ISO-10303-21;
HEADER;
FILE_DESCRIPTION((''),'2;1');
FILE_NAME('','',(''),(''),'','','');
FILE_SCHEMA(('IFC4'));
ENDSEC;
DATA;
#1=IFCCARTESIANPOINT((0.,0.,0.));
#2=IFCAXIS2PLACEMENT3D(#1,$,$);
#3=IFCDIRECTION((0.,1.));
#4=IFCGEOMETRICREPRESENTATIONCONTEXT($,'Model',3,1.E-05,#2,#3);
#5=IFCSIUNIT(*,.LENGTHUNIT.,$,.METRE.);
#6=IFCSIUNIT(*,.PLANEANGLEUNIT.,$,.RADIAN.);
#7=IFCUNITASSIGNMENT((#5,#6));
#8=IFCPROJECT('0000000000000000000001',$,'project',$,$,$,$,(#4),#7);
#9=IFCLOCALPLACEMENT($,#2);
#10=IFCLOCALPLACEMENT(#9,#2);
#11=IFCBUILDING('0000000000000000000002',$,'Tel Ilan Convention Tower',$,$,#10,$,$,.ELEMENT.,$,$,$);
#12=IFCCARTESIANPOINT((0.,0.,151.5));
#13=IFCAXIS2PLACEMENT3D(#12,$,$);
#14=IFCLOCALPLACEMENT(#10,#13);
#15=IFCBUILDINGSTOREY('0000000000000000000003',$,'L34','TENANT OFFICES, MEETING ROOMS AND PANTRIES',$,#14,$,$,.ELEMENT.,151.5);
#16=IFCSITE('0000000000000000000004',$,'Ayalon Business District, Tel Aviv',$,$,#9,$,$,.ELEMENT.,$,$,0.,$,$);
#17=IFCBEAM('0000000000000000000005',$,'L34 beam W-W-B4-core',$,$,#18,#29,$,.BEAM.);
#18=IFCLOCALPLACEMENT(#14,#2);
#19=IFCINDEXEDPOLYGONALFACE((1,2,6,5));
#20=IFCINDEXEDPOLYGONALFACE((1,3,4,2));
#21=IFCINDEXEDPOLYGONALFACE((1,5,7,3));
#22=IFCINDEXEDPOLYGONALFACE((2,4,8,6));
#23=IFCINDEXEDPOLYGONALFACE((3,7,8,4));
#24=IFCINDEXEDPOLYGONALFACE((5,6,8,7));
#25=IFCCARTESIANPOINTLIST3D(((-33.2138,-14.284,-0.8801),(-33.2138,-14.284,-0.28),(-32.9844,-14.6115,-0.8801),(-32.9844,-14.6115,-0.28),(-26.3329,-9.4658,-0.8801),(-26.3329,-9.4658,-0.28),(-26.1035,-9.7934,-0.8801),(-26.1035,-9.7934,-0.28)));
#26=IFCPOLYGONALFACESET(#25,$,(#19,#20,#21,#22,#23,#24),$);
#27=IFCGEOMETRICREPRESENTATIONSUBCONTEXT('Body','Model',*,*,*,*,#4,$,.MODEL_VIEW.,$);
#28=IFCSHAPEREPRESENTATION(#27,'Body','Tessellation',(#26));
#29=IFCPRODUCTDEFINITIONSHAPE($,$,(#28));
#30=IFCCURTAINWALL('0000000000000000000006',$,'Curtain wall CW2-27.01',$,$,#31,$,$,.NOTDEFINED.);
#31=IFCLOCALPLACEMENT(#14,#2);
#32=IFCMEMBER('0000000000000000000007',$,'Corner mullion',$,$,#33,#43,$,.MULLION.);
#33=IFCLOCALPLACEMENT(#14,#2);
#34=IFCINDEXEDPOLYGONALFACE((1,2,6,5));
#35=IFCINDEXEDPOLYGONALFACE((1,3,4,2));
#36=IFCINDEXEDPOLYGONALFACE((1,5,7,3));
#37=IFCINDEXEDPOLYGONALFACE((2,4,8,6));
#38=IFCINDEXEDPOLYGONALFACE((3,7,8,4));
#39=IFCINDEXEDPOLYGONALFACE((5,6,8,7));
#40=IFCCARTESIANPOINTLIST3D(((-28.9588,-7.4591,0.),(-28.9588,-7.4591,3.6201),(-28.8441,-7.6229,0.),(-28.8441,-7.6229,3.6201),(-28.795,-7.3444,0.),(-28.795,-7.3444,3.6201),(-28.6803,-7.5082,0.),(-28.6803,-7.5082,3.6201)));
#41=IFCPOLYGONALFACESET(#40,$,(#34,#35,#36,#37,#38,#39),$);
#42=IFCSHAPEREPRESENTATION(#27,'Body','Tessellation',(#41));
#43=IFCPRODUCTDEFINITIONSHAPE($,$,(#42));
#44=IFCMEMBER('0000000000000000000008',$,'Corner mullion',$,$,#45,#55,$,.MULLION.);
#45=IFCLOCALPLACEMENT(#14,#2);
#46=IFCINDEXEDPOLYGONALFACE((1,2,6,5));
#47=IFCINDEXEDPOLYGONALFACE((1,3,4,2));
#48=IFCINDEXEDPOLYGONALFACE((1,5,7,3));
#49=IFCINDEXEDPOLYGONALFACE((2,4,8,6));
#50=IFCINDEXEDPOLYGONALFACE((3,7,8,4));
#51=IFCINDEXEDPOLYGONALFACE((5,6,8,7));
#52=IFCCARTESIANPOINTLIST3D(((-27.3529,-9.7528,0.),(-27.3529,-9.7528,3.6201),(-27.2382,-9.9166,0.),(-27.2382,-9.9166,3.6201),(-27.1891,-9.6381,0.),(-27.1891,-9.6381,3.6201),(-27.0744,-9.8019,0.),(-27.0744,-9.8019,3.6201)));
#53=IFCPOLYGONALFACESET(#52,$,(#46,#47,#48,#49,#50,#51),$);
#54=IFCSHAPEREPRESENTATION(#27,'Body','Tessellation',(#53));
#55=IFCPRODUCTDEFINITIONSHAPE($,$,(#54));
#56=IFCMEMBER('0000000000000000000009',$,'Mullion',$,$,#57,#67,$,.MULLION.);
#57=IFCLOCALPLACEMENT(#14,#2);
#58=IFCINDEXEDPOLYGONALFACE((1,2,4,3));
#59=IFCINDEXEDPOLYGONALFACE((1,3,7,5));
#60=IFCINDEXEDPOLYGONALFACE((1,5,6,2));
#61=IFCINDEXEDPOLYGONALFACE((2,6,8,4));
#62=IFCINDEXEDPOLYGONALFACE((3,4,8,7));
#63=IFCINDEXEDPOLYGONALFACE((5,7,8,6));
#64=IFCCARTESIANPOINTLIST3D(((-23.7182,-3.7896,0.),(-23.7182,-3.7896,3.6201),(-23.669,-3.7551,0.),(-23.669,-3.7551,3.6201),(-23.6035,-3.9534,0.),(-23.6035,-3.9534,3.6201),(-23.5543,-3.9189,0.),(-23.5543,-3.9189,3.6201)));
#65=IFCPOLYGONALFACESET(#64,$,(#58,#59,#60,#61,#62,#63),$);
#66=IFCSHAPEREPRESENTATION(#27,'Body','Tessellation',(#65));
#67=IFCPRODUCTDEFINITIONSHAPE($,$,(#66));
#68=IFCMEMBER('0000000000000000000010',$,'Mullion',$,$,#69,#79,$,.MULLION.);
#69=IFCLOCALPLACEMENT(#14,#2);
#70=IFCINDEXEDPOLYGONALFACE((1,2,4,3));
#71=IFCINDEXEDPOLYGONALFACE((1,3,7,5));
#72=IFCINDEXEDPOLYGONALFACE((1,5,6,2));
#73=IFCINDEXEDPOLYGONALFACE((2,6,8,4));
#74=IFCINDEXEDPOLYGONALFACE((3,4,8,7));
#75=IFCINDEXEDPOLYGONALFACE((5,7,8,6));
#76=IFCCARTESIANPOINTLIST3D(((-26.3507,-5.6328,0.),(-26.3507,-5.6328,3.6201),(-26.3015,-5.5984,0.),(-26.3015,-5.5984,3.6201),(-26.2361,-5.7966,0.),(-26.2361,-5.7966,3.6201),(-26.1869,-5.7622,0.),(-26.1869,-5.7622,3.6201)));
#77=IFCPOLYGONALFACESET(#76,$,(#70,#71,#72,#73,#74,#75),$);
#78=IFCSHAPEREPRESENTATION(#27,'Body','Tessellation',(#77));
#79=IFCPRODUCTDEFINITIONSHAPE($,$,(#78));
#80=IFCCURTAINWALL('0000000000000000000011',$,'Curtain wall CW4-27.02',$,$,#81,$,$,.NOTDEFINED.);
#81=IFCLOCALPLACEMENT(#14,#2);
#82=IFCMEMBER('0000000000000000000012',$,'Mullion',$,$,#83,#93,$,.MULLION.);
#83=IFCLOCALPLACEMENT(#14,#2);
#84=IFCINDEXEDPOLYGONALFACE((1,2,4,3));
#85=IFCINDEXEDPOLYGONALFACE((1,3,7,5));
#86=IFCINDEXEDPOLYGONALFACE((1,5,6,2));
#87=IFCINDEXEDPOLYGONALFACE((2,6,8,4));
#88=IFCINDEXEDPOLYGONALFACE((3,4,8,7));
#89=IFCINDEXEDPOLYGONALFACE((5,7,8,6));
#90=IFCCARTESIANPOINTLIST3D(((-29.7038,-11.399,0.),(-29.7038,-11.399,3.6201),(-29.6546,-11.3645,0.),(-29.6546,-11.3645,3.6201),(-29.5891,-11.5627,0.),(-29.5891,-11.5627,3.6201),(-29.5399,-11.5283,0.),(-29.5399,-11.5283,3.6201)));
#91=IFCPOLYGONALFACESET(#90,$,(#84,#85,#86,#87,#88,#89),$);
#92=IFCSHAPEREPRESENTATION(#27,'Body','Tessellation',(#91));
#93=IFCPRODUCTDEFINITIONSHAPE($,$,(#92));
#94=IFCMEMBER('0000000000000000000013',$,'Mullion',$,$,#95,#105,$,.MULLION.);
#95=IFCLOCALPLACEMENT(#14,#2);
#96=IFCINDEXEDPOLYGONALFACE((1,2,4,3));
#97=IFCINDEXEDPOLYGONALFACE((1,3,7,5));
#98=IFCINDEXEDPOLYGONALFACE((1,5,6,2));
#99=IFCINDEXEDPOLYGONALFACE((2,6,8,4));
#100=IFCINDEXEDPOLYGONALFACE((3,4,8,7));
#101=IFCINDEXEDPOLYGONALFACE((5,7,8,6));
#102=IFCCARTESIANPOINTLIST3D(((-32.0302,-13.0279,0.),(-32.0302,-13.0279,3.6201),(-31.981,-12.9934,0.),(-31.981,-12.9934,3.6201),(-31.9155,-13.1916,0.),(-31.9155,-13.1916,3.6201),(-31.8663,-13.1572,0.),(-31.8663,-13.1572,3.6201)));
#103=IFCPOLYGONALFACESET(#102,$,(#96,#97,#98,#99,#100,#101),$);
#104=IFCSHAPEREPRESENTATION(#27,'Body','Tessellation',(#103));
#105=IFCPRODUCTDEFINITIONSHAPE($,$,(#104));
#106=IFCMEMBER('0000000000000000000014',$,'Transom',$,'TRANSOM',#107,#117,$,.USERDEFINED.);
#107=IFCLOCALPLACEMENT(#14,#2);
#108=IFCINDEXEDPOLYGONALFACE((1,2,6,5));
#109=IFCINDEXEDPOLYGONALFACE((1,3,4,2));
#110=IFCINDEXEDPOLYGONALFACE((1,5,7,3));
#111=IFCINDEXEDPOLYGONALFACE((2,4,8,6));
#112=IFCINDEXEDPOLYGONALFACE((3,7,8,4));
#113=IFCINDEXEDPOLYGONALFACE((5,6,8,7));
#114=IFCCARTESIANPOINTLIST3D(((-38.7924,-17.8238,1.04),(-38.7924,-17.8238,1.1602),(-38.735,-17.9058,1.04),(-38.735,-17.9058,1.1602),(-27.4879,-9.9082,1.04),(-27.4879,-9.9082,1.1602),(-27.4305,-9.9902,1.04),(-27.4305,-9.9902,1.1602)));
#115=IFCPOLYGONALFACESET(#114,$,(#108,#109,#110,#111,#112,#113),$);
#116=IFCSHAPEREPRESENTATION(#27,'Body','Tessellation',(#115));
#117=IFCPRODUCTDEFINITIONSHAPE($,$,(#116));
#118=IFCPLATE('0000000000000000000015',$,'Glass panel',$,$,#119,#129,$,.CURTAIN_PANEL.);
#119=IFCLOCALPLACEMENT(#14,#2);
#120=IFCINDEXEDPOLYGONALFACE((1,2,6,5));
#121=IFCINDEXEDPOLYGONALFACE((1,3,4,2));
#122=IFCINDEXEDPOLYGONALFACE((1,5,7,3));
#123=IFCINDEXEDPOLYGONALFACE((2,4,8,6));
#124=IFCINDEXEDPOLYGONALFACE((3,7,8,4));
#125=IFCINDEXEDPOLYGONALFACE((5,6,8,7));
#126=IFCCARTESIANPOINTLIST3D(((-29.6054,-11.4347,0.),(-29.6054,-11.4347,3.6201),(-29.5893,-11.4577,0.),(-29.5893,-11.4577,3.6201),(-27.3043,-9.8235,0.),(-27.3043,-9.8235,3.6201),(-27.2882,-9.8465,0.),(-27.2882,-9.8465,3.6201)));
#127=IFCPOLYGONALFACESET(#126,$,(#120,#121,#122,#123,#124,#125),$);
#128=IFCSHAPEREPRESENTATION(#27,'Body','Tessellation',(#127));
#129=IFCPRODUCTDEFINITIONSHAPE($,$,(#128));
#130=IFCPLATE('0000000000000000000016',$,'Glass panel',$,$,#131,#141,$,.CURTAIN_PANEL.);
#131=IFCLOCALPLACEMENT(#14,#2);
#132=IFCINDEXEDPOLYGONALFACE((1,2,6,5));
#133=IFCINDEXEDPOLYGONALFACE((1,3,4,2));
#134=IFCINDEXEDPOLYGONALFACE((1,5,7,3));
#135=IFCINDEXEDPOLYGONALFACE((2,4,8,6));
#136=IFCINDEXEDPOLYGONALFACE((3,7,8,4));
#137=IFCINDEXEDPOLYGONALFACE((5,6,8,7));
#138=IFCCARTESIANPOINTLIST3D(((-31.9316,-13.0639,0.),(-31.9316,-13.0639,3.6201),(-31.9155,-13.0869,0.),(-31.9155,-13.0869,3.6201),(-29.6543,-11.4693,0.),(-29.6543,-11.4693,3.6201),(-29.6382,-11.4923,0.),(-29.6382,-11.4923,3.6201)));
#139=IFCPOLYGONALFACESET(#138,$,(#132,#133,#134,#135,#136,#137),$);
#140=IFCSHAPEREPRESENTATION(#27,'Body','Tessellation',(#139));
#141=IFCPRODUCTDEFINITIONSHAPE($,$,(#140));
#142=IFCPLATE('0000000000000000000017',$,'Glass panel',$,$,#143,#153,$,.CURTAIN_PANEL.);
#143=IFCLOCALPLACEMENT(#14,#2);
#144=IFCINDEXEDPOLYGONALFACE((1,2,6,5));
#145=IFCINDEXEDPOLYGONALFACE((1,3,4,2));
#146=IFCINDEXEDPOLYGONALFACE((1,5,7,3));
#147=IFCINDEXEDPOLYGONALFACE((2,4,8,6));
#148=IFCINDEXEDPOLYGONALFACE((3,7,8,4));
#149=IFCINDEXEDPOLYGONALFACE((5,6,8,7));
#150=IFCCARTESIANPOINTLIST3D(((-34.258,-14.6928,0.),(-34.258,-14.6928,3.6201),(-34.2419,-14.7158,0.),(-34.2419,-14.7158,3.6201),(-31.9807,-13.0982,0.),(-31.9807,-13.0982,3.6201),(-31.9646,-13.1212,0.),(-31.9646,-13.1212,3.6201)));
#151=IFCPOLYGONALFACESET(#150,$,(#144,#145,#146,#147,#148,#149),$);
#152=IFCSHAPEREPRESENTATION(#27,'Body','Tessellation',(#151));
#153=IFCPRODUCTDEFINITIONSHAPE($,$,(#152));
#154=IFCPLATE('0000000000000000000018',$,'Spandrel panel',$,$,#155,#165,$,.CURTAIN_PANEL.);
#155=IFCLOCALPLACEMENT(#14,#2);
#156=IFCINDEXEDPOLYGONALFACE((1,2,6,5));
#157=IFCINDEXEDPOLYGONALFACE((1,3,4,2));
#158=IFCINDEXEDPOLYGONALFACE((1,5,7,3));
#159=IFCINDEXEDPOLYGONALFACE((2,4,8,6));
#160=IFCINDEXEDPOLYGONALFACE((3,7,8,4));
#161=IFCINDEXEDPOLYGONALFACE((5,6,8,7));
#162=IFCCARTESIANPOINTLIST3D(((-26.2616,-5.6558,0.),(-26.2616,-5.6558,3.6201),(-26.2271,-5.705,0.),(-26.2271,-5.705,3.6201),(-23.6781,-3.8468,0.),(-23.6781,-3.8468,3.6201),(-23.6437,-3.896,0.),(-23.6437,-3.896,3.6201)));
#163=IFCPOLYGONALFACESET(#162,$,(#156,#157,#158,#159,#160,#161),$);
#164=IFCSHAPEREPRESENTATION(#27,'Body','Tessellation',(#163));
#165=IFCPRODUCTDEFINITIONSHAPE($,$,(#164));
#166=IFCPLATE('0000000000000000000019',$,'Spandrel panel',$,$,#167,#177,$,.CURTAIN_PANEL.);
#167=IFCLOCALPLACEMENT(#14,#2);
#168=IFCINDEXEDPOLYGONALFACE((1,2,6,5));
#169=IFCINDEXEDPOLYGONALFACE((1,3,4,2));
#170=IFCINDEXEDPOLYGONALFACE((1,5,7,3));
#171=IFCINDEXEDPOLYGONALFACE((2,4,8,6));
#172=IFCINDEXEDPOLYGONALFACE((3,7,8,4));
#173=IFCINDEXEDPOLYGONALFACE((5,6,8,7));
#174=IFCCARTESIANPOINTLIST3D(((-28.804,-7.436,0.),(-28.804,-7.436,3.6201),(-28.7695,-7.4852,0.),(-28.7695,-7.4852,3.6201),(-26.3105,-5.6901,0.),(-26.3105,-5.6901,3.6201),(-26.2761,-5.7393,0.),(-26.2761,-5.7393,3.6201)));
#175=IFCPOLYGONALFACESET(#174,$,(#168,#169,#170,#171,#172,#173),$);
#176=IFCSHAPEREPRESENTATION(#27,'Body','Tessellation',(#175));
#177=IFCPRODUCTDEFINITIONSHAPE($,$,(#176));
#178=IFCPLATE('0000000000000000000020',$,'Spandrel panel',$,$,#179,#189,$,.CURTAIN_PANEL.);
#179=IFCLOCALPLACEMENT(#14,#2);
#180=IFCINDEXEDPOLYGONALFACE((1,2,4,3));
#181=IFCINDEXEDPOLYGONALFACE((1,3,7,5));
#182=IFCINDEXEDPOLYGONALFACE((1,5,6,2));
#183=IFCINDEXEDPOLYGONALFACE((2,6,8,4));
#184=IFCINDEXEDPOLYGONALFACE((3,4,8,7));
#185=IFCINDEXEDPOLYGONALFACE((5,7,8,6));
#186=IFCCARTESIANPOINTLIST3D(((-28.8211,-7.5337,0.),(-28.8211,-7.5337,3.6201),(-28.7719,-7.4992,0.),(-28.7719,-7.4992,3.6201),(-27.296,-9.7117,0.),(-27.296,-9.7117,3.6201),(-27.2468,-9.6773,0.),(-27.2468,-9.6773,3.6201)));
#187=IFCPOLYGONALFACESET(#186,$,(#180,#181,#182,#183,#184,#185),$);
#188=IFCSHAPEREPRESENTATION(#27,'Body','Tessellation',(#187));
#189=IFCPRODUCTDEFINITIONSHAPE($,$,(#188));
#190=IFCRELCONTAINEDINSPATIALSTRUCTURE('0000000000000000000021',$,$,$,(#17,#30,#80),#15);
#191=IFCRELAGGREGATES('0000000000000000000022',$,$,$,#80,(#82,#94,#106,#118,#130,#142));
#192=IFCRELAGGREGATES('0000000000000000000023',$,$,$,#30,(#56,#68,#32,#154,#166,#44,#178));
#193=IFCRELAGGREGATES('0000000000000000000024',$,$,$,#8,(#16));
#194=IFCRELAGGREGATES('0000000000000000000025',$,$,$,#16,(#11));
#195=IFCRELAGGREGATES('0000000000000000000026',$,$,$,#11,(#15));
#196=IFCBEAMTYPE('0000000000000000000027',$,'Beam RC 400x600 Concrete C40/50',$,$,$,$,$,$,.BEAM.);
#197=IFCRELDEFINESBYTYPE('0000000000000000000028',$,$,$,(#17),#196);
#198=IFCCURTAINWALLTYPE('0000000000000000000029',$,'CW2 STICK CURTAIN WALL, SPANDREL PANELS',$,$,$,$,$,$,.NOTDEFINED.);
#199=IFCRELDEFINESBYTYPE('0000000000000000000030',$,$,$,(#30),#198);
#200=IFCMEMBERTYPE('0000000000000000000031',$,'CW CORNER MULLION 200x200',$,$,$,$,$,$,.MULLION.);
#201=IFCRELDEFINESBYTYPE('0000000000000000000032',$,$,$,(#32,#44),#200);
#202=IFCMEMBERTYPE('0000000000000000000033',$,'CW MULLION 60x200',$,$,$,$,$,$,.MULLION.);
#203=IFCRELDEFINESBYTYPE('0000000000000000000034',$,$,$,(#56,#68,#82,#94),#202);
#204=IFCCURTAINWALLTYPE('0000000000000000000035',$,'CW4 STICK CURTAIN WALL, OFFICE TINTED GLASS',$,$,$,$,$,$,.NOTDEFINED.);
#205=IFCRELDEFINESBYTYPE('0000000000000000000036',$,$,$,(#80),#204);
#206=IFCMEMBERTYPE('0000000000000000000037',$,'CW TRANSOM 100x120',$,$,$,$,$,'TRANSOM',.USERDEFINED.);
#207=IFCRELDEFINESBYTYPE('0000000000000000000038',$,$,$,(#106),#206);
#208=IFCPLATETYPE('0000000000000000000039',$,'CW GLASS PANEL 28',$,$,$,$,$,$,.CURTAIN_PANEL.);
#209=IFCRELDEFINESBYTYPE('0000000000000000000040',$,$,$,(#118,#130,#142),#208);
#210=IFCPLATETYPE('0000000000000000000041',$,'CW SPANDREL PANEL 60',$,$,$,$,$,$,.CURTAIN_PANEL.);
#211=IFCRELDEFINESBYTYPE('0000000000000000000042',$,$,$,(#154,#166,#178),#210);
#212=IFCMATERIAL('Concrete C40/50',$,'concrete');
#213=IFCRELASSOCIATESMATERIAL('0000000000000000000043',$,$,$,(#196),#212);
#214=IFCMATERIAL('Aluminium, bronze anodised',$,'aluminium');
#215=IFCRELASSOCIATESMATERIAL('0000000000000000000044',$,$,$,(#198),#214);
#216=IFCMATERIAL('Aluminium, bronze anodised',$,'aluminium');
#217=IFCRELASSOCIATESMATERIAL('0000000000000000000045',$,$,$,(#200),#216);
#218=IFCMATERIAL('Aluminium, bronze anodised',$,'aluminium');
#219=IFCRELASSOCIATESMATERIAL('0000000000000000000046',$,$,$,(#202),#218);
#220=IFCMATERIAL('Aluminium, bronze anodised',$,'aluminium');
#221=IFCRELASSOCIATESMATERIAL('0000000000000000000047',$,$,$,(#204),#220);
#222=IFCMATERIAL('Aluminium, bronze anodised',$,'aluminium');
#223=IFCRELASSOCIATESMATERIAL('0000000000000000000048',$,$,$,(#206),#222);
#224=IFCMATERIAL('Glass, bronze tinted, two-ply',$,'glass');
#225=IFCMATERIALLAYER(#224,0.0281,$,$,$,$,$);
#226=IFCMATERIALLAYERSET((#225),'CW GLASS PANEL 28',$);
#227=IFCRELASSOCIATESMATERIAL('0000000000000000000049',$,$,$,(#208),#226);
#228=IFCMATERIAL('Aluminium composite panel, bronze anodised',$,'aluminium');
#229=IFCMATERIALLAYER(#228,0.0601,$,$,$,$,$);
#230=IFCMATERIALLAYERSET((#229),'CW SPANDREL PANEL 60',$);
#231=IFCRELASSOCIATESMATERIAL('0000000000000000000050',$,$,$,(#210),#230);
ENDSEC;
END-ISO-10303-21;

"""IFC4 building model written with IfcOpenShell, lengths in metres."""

from ifc_helpers import new_model, si_unit, direction, frame, origin, origin_2d, place, context, subcontext, project, spatial, rectangle, extrude, material, layer, layer_set, material_profile, profile_set, type_object, element, aggregate, save


model = new_model("IFC4")

# Units and contexts
model_context = context("Model", 3, precision=1e-05, world=origin(), true_north=direction((0.0, 1.0)))
body_context = subcontext(model_context, "Body", "Model", "MODEL_VIEW")
ifc_project = project(units=[si_unit("LENGTHUNIT", "METRE"), si_unit("PLANEANGLEUNIT", "RADIAN")], contexts=[model_context])

# Site, building, storey
site_placement = place(None, origin())
site = spatial("IfcSite", under=ifc_project, at=site_placement, Name="Ayalon Business District, Tel Aviv", CompositionType="ELEMENT", RefElevation=0.0)
building_placement = place(site_placement, origin())
building = spatial("IfcBuilding", under=site, at=building_placement, Name="Tel Ilan Convention Tower", CompositionType="ELEMENT")
storey_placement = place(building_placement, frame((0.0, 0.0, 151.5)))
storey = spatial("IfcBuildingStorey", under=building, at=storey_placement, Name="L34", Description="TENANT OFFICES, MEETING ROOMS AND PANTRIES", CompositionType="ELEMENT", Elevation=151.5)

# Beam
ifc_material_1 = material(Name="Concrete C40/50", Category="concrete")
ifc_material_profile_1 = material_profile(ifc_material_1, rectangle(XDim=0.3999, YDim=0.6001, at=origin_2d()), Name="RC 400x600")
ifc_profile_set_1 = profile_set([ifc_material_profile_1], Name="Concrete C40/50")
beam_type = type_object("IfcBeamType", Name="Beam RC 400x600 Concrete C40/50", PredefinedType="BEAM", material=ifc_profile_set_1)
beam_placement = place(storey_placement, frame((-33.0991, -14.4478, -0.5801), z_axis=(0.819147, 0.573583, 0.0), x_axis=(-0.573583, 0.819147, 0.0)))
element("IfcBeam", 1, at=beam_placement, inside=storey, type_object=beam_type, Name="L34 beam W-W-B4-core", PredefinedType="BEAM", context=body_context, shape_type="SweptSolid", body=[
    extrude(rectangle(XDim=0.3999, YDim=0.6001, at=origin_2d()), origin(), (0.0, 0.0, 1.0), 8.4001),
])

# Curtain wall, members
ifc_material_2 = material(Name="Aluminium, bronze anodised", Category="aluminium")
curtain_wall_type_1 = type_object("IfcCurtainWallType", Name="CW2 STICK CURTAIN WALL, SPANDREL PANELS", PredefinedType="NOTDEFINED", material=ifc_material_2)
curtain_wall_1_placement = place(storey_placement, origin())
curtain_wall_1 = element("IfcCurtainWall", 2, at=curtain_wall_1_placement, inside=storey, type_object=curtain_wall_type_1, Name="Curtain wall CW2-27.01", PredefinedType="NOTDEFINED")
ifc_material_3 = material(Name="Aluminium, bronze anodised", Category="aluminium")
ifc_material_profile_2 = material_profile(ifc_material_3, rectangle(XDim=0.2, YDim=0.2, at=origin_2d()), Name="CW CORNER MULLION 200x200")
ifc_profile_set_2 = profile_set([ifc_material_profile_2], Name="Aluminium, bronze anodised")
member_type_1 = type_object("IfcMemberType", Name="CW CORNER MULLION 200x200", PredefinedType="MULLION", material=ifc_profile_set_2)
member_1_placement = place(storey_placement, frame((-28.8196, -7.4836, 0.0), z_axis=(0.0, 0.0, 1.0), x_axis=(-0.819152, -0.573576, 0.0)))
member_1 = element("IfcMember", 3, at=member_1_placement, type_object=member_type_1, Name="Corner mullion", PredefinedType="MULLION", context=body_context, shape_type="SweptSolid", body=[
    extrude(rectangle(XDim=0.2, YDim=0.2, at=origin_2d()), origin(), (0.0, 0.0, 1.0), 3.6201),
])
member_2_placement = place(storey_placement, frame((-27.2136, -9.7773, 0.0), z_axis=(0.0, 0.0, 1.0), x_axis=(0.573576, -0.819152, 0.0)))
member_2 = element("IfcMember", 4, at=member_2_placement, type_object=member_type_1, Name="Corner mullion", PredefinedType="MULLION", context=body_context, shape_type="SweptSolid", body=[
    extrude(rectangle(XDim=0.2, YDim=0.2, at=origin_2d()), origin(), (0.0, 0.0, 1.0), 3.6201),
])
ifc_material_4 = material(Name="Aluminium, bronze anodised", Category="aluminium")
ifc_material_profile_3 = material_profile(ifc_material_4, rectangle(XDim=0.0601, YDim=0.2, at=origin_2d()), Name="CW MULLION 60x200")
ifc_profile_set_3 = profile_set([ifc_material_profile_3], Name="Aluminium, bronze anodised")
member_type_2 = type_object("IfcMemberType", Name="CW MULLION 60x200", PredefinedType="MULLION", material=ifc_profile_set_3)
member_3_placement = place(storey_placement, frame((-23.6362, -3.8542, 0.0), z_axis=(0.0, 0.0, 1.0), x_axis=(-0.819152, -0.573576, 0.0)))
member_3 = element("IfcMember", 5, at=member_3_placement, type_object=member_type_2, Name="Mullion", PredefinedType="MULLION", context=body_context, shape_type="SweptSolid", body=[
    extrude(rectangle(XDim=0.0601, YDim=0.2, at=origin_2d()), origin(), (0.0, 0.0, 1.0), 3.6201),
])
member_4_placement = place(storey_placement, frame((-26.2688, -5.6975, 0.0), z_axis=(0.0, 0.0, 1.0), x_axis=(-0.819152, -0.573576, 0.0)))
member_4 = element("IfcMember", 6, at=member_4_placement, type_object=member_type_2, Name="Mullion", PredefinedType="MULLION", context=body_context, shape_type="SweptSolid", body=[
    extrude(rectangle(XDim=0.0601, YDim=0.2, at=origin_2d()), origin(), (0.0, 0.0, 1.0), 3.6201),
])

# Curtain wall, members, plates
ifc_material_5 = material(Name="Aluminium, bronze anodised", Category="aluminium")
curtain_wall_type_2 = type_object("IfcCurtainWallType", Name="CW4 STICK CURTAIN WALL, OFFICE TINTED GLASS", PredefinedType="NOTDEFINED", material=ifc_material_5)
curtain_wall_2_placement = place(storey_placement, origin())
curtain_wall_2 = element("IfcCurtainWall", 7, at=curtain_wall_2_placement, inside=storey, type_object=curtain_wall_type_2, Name="Curtain wall CW4-27.02", PredefinedType="NOTDEFINED")
member_5_placement = place(storey_placement, frame((-29.6218, -11.4636, 0.0), z_axis=(0.0, 0.0, 1.0), x_axis=(-0.819152, -0.573576, 0.0)))
member_5 = element("IfcMember", 8, at=member_5_placement, type_object=member_type_2, Name="Mullion", PredefinedType="MULLION", context=body_context, shape_type="SweptSolid", body=[
    extrude(rectangle(XDim=0.0601, YDim=0.2, at=origin_2d()), origin(), (0.0, 0.0, 1.0), 3.6201),
])
member_6_placement = place(storey_placement, frame((-31.9482, -13.0925, 0.0), z_axis=(0.0, 0.0, 1.0), x_axis=(-0.819152, -0.573576, 0.0)))
member_6 = element("IfcMember", 9, at=member_6_placement, type_object=member_type_2, Name="Mullion", PredefinedType="MULLION", context=body_context, shape_type="SweptSolid", body=[
    extrude(rectangle(XDim=0.0601, YDim=0.2, at=origin_2d()), origin(), (0.0, 0.0, 1.0), 3.6201),
])
ifc_material_6 = material(Name="Aluminium, bronze anodised", Category="aluminium")
ifc_material_profile_4 = material_profile(ifc_material_6, rectangle(XDim=0.1001, YDim=0.1201, at=origin_2d()), Name="CW TRANSOM 100x120")
ifc_profile_set_4 = profile_set([ifc_material_profile_4], Name="Aluminium, bronze anodised")
member_type_3 = type_object("IfcMemberType", Name="CW TRANSOM 100x120", ElementType="TRANSOM", PredefinedType="USERDEFINED", material=ifc_profile_set_4)
member_7_placement = place(storey_placement, frame((-27.4592, -9.9492, 1.1001), z_axis=(-0.81915, -0.57358, 0.0), x_axis=(0.57358, -0.81915, 0.0)))
member_7 = element("IfcMember", 10, at=member_7_placement, type_object=member_type_3, Name="Transom", ObjectType="TRANSOM", PredefinedType="USERDEFINED", context=body_context, shape_type="SweptSolid", body=[
    extrude(rectangle(XDim=0.1001, YDim=0.1201, at=origin_2d()), origin(), (0.0, 0.0, 1.0), 13.8003),
])
ifc_material_7 = material(Name="Glass, bronze tinted, two-ply", Category="glass")
ifc_layer_1 = layer(ifc_material_7, 0.0281)
ifc_layer_set_1 = layer_set([ifc_layer_1], Name="CW GLASS PANEL 28")
plate_type_1 = type_object("IfcPlateType", Name="CW GLASS PANEL 28", PredefinedType="CURTAIN_PANEL", material=ifc_layer_set_1)
plate_1_placement = place(storey_placement, frame((-28.4468, -10.6406, 0.0), z_axis=(0.0, 0.0, 1.0), x_axis=(-0.819152, -0.573576, 0.0)))
plate_1 = element("IfcPlate", 11, at=plate_1_placement, type_object=plate_type_1, Name="Glass panel", PredefinedType="CURTAIN_PANEL", context=body_context, shape_type="SweptSolid", body=[
    extrude(rectangle(XDim=2.8091, YDim=0.0281, at=origin_2d()), origin(), (0.0, 0.0, 1.0), 3.6201),
])
plate_2_placement = place(storey_placement, frame((-30.7849, -12.2781, 0.0), z_axis=(0.0, 0.0, 1.0), x_axis=(-0.819152, -0.573576, 0.0)))
plate_2 = element("IfcPlate", 12, at=plate_2_placement, type_object=plate_type_1, Name="Glass panel", PredefinedType="CURTAIN_PANEL", context=body_context, shape_type="SweptSolid", body=[
    extrude(rectangle(XDim=2.78, YDim=0.0281, at=origin_2d()), origin(), (0.0, 0.0, 1.0), 3.6201),
])
plate_3_placement = place(storey_placement, frame((-33.1113, -13.907, 0.0), z_axis=(0.0, 0.0, 1.0), x_axis=(-0.819152, -0.573576, 0.0)))
plate_3 = element("IfcPlate", 13, at=plate_3_placement, type_object=plate_type_1, Name="Glass panel", PredefinedType="CURTAIN_PANEL", context=body_context, shape_type="SweptSolid", body=[
    extrude(rectangle(XDim=2.78, YDim=0.0281, at=origin_2d()), origin(), (0.0, 0.0, 1.0), 3.6201),
])
aggregate(curtain_wall_2, [member_5, member_6, member_7, plate_1, plate_2, plate_3])

# Plates
ifc_material_8 = material(Name="Aluminium composite panel, bronze anodised", Category="aluminium")
ifc_layer_2 = layer(ifc_material_8, 0.0601)
ifc_layer_set_2 = layer_set([ifc_layer_2], Name="CW SPANDREL PANEL 60")
plate_type_2 = type_object("IfcPlateType", Name="CW SPANDREL PANEL 60", PredefinedType="CURTAIN_PANEL", material=ifc_layer_set_2)
plate_4_placement = place(storey_placement, frame((-24.9526, -4.7759, 0.0), z_axis=(0.0, 0.0, 1.0), x_axis=(-0.819152, -0.573576, 0.0)))
plate_4 = element("IfcPlate", 14, at=plate_4_placement, type_object=plate_type_2, Name="Spandrel panel", PredefinedType="CURTAIN_PANEL", context=body_context, shape_type="SweptSolid", body=[
    extrude(rectangle(XDim=3.1538, YDim=0.0601, at=origin_2d()), origin(), (0.0, 0.0, 1.0), 3.6201),
])
plate_5_placement = place(storey_placement, frame((-27.54, -6.5876, 0.0), z_axis=(0.0, 0.0, 1.0), x_axis=(-0.819152, -0.573576, 0.0)))
plate_5 = element("IfcPlate", 15, at=plate_5_placement, type_object=plate_type_2, Name="Spandrel panel", PredefinedType="CURTAIN_PANEL", context=body_context, shape_type="SweptSolid", body=[
    extrude(rectangle(XDim=3.0439, YDim=0.0601, at=origin_2d()), origin(), (0.0, 0.0, 1.0), 3.6201),
])
plate_6_placement = place(storey_placement, frame((-28.0339, -8.6055, 0.0), z_axis=(0.0, 0.0, 1.0), x_axis=(0.573576, -0.819152, 0.0)))
plate_6 = element("IfcPlate", 16, at=plate_6_placement, type_object=plate_type_2, Name="Spandrel panel", PredefinedType="CURTAIN_PANEL", context=body_context, shape_type="SweptSolid", body=[
    extrude(rectangle(XDim=2.6589, YDim=0.0601, at=origin_2d()), origin(), (0.0, 0.0, 1.0), 3.6201),
])
aggregate(curtain_wall_1, [member_3, member_4, member_1, plate_4, plate_5, member_2, plate_6])

save(model, "model.ifc")
